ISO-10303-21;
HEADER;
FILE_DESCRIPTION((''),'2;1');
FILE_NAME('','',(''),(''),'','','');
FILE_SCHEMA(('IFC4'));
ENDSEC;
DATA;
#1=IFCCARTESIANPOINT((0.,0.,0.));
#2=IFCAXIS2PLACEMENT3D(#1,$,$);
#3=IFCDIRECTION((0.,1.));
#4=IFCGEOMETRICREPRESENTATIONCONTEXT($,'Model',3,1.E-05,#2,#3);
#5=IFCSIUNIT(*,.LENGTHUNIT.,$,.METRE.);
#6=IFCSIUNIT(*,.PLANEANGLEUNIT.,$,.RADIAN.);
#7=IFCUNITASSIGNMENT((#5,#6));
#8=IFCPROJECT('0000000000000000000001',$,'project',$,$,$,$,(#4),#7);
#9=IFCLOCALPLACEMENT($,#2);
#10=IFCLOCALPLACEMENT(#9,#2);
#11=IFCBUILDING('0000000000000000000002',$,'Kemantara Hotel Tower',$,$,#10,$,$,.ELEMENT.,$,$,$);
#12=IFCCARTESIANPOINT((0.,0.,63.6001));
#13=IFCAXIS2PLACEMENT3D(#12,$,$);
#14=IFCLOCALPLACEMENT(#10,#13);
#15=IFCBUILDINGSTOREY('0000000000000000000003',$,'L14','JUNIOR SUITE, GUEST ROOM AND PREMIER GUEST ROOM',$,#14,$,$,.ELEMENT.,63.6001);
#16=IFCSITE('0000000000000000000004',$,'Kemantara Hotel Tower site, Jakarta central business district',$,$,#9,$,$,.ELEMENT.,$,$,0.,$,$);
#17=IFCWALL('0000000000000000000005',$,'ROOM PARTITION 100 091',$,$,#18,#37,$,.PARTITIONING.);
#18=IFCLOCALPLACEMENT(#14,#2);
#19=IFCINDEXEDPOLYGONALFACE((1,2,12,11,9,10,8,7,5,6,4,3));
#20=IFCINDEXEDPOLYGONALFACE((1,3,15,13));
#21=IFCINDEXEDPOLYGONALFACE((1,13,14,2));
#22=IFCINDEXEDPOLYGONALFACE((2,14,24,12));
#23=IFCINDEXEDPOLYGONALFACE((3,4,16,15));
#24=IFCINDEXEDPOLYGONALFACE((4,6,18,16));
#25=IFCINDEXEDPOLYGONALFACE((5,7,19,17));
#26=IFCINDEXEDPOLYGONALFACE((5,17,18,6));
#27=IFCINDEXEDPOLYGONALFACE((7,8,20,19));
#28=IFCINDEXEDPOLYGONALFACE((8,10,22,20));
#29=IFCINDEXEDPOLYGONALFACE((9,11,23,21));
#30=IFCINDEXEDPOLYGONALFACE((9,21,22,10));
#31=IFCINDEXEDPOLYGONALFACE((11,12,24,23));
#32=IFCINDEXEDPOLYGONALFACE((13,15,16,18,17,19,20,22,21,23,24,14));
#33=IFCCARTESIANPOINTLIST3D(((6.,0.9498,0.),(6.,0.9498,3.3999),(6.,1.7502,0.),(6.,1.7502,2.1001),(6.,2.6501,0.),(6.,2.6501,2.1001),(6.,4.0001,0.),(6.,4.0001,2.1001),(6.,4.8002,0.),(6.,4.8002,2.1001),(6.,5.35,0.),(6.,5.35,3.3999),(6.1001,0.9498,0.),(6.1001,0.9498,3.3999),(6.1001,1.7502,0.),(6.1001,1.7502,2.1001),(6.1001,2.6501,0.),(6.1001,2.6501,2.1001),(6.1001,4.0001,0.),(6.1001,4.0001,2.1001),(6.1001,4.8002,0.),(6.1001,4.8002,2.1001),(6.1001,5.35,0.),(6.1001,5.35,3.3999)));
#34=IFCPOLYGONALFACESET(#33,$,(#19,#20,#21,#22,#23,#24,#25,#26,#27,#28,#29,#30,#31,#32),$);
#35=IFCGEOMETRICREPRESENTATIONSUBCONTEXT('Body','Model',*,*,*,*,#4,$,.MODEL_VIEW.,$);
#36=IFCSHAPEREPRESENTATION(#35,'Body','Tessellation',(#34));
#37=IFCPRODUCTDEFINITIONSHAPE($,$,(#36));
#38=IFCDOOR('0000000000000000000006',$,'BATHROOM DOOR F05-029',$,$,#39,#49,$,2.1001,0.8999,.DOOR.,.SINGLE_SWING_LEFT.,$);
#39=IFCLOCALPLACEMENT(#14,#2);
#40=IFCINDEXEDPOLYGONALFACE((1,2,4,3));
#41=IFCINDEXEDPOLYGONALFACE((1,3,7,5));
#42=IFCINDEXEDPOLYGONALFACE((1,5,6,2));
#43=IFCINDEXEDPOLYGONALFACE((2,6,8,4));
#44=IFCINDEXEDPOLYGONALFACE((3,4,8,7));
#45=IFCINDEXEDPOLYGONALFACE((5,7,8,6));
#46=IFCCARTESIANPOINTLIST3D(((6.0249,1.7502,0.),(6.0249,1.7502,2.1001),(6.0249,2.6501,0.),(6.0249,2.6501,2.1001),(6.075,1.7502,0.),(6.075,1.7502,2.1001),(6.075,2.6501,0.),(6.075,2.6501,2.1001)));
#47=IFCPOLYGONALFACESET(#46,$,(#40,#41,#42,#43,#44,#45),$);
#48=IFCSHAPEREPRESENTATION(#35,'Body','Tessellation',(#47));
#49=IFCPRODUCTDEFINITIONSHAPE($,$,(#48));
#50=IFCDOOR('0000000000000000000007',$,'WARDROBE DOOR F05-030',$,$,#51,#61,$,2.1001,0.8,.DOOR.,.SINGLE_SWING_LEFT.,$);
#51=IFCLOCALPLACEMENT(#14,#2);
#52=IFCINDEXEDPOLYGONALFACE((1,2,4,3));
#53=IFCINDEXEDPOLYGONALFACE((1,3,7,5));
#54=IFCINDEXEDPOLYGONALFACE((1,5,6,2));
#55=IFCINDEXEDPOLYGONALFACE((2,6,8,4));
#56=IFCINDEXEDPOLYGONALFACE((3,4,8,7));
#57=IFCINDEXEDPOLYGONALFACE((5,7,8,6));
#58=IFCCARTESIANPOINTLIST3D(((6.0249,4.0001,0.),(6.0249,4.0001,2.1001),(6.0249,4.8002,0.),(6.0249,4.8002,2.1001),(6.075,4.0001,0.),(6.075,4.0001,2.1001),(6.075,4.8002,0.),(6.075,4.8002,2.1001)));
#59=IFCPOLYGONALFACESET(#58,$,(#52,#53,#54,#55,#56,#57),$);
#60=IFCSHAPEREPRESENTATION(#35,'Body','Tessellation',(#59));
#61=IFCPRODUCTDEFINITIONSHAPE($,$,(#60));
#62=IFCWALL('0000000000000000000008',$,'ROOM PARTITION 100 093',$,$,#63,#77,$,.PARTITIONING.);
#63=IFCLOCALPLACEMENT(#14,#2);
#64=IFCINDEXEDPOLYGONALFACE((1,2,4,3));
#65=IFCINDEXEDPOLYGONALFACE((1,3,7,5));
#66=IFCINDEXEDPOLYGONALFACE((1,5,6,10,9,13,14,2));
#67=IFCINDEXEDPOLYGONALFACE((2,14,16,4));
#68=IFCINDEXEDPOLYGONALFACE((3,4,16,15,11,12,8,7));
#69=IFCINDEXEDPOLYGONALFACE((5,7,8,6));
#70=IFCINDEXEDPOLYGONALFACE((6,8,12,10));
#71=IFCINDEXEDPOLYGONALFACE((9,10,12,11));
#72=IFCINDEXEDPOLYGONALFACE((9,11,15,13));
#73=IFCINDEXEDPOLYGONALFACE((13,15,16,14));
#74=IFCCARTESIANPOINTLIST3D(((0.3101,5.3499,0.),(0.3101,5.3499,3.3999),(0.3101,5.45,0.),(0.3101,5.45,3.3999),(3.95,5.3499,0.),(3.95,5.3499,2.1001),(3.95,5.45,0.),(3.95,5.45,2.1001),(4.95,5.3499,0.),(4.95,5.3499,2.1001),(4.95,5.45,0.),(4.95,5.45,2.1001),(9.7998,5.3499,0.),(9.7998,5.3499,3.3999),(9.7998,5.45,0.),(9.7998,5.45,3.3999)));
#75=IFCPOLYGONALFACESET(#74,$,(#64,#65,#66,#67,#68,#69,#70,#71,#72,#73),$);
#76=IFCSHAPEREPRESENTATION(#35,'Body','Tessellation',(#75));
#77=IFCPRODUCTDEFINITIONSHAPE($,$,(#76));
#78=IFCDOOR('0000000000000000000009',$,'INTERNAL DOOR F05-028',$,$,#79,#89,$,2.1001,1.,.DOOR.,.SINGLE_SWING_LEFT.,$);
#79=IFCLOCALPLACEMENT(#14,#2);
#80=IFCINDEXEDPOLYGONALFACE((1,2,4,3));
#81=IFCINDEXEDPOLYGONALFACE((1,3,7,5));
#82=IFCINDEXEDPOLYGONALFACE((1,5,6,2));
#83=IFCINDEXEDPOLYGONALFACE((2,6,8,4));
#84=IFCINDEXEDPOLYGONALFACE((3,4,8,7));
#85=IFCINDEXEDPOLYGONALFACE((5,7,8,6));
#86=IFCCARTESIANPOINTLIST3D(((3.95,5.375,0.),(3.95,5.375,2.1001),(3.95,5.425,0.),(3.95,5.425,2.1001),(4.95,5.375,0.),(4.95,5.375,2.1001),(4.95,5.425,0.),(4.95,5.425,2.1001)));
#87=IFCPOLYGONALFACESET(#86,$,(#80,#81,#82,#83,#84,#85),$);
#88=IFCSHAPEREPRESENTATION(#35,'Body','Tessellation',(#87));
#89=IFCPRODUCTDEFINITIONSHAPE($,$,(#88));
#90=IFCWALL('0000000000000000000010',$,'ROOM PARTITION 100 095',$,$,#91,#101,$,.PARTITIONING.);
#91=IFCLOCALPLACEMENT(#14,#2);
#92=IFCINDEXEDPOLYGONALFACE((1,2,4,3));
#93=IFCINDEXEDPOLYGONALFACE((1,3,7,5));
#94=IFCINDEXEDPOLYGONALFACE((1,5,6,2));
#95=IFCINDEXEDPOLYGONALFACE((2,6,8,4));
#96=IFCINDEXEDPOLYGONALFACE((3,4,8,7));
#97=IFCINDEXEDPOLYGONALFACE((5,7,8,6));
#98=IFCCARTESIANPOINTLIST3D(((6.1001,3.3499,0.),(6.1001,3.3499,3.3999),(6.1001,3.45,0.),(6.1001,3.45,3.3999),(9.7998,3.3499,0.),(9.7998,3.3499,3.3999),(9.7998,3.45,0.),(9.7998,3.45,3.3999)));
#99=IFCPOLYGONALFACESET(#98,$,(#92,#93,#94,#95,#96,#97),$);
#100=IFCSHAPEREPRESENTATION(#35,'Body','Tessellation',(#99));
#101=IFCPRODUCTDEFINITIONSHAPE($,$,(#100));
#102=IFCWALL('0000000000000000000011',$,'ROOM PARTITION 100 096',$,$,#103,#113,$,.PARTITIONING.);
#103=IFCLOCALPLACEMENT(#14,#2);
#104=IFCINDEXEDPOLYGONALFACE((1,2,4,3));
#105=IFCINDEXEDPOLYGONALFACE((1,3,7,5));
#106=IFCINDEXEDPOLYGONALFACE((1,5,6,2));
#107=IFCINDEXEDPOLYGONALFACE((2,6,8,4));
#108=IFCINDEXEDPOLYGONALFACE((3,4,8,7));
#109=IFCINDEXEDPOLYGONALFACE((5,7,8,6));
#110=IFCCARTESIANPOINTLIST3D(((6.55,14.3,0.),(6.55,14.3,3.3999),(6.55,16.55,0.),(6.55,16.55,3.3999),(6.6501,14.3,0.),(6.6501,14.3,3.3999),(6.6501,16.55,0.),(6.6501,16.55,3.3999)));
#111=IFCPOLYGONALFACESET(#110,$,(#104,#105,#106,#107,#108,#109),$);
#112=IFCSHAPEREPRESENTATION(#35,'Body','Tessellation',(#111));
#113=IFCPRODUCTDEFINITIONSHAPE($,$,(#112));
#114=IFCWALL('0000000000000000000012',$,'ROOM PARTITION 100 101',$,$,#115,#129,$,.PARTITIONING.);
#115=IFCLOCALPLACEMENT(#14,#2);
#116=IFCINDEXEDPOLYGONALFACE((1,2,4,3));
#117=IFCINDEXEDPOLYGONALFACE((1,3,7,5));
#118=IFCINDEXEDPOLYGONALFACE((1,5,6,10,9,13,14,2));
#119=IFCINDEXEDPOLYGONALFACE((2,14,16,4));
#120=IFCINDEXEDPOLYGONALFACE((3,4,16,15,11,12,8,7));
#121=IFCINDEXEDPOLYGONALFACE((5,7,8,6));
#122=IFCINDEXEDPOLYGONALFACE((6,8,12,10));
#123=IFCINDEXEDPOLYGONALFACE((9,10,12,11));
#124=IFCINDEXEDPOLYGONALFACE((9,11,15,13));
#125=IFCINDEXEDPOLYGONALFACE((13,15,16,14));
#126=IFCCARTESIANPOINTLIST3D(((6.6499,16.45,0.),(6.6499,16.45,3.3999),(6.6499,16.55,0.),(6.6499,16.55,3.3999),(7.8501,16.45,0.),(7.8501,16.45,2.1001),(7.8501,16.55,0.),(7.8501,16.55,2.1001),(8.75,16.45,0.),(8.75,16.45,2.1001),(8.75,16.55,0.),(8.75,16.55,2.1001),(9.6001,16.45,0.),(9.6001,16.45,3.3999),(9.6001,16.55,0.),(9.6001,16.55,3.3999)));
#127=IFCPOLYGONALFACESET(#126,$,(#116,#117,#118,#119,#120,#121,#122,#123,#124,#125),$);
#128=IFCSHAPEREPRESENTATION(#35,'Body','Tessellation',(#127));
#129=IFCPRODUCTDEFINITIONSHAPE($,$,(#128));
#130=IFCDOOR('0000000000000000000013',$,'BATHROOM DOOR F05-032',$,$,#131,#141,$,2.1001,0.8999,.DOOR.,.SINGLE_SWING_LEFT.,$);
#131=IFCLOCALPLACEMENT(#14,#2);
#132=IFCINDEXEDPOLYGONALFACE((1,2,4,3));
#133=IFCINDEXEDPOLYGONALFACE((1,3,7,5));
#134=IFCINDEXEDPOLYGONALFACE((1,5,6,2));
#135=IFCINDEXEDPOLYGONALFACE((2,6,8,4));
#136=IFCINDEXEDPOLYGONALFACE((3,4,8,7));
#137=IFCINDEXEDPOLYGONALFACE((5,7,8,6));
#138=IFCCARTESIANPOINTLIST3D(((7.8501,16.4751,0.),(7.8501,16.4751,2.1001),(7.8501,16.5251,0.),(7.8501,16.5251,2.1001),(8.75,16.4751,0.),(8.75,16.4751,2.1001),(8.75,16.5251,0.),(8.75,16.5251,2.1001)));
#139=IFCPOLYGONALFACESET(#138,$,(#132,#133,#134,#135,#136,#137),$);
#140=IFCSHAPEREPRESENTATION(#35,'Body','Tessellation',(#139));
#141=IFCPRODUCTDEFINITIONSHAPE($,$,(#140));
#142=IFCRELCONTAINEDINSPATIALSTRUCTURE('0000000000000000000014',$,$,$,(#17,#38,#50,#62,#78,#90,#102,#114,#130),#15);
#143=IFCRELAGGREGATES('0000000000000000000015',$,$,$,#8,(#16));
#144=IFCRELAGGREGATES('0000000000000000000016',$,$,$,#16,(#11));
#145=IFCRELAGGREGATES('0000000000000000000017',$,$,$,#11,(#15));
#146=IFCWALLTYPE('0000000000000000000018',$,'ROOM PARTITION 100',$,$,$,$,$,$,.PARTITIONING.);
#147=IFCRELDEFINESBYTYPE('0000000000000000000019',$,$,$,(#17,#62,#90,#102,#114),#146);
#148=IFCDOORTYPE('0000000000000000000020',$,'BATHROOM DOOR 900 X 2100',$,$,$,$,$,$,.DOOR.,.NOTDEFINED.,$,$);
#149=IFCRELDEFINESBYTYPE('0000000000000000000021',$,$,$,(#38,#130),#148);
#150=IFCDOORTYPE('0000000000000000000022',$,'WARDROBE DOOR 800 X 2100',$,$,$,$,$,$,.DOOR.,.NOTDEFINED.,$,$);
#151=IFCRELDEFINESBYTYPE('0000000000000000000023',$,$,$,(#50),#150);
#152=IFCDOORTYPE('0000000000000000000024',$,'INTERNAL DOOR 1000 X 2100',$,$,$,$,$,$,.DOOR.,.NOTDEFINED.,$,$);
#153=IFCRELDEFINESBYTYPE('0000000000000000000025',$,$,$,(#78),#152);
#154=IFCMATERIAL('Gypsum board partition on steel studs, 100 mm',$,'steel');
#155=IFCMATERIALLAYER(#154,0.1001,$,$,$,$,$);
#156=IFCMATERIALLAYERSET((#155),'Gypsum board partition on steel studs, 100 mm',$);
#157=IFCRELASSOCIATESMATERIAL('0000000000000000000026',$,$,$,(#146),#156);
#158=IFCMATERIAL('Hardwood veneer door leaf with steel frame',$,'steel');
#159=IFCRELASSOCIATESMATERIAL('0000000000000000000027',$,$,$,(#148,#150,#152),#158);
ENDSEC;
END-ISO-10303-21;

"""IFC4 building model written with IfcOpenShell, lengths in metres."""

from ifc_helpers import new_model, si_unit, direction, frame, frame_2d, origin, place, context, subcontext, project, spatial, rectangle, extrude, material, layer, layer_set, type_object, element, fill, save


model = new_model("IFC4")

# Units and contexts
model_context = context("Model", 3, precision=1e-05, world=origin(), true_north=direction((0.0, 1.0)))
body_context = subcontext(model_context, "Body", "Model", "MODEL_VIEW")
ifc_project = project(units=[si_unit("LENGTHUNIT", "METRE"), si_unit("PLANEANGLEUNIT", "RADIAN")], contexts=[model_context])

# Site, building, storey
site_placement = place(None, origin())
site = spatial("IfcSite", under=ifc_project, at=site_placement, Name="Kemantara Hotel Tower site, Jakarta central business district", CompositionType="ELEMENT", RefElevation=0.0)
building_placement = place(site_placement, origin())
building = spatial("IfcBuilding", under=site, at=building_placement, Name="Kemantara Hotel Tower", CompositionType="ELEMENT")
storey_placement = place(building_placement, frame((0.0, 0.0, 63.6001)))
storey = spatial("IfcBuildingStorey", under=building, at=storey_placement, Name="L14", Description="JUNIOR SUITE, GUEST ROOM AND PREMIER GUEST ROOM", CompositionType="ELEMENT", Elevation=63.6001)

# Shared definitions
ifc_material_1 = material(Name="Hardwood veneer door leaf with steel frame", Category="steel")

# Wall, openings, doors
ifc_material_2 = material(Name="Gypsum board partition on steel studs, 100 mm", Category="steel")
ifc_layer_1 = layer(ifc_material_2, 0.1001)
ifc_layer_set_1 = layer_set([ifc_layer_1], Name="Gypsum board partition on steel studs, 100 mm")
wall_type_1 = type_object("IfcWallType", Name="ROOM PARTITION 100", PredefinedType="PARTITIONING", material=ifc_layer_set_1)
wall_1_placement = place(storey_placement, frame((6.05, 5.3501, 0.0), z_axis=(0.0, 0.0, 1.0), x_axis=(0.0, -1.0, 0.0)))
wall_1 = element("IfcWall", 1, at=wall_1_placement, inside=storey, type_object=wall_type_1, Name="ROOM PARTITION 100 091", PredefinedType="PARTITIONING", context=body_context, shape_type="SweptSolid", body=[
    extrude(rectangle(XDim=4.4001, YDim=0.1001, at=frame_2d((2.2002, 0.0))), origin(), (0.0, 0.0, 1.0), 3.3999),
])
opening_1_placement = place(wall_1_placement, frame((2.7, 0.0, 0.0)))
opening_1 = element("IfcOpeningElement", 2, at=opening_1_placement, cuts=wall_1, PredefinedType="OPENING", context=body_context, shape_type="SweptSolid", body=[
    extrude(rectangle(XDim=0.8999, YDim=2.1001, at=frame_2d((0.45, 1.05))), frame((0.0, 0.0601, 0.0), z_axis=(0.0, -1.0, 0.0), x_axis=(1.0, 0.0, 0.0)), (0.0, 0.0, 1.0), 0.1201),
])
opening_2_placement = place(wall_1_placement, frame((0.55, 0.0, 0.0)))
opening_2 = element("IfcOpeningElement", 3, at=opening_2_placement, cuts=wall_1, PredefinedType="OPENING", context=body_context, shape_type="SweptSolid", body=[
    extrude(rectangle(XDim=0.8, YDim=2.1001, at=frame_2d((0.3999, 1.05))), frame((0.0, 0.0601, 0.0), z_axis=(0.0, -1.0, 0.0), x_axis=(1.0, 0.0, 0.0)), (0.0, 0.0, 1.0), 0.1201),
])
door_type_1 = type_object("IfcDoorType", Name="BATHROOM DOOR 900 X 2100", OperationType="NOTDEFINED", PredefinedType="DOOR", material=ifc_material_1)
door_1_placement = place(opening_1_placement, origin())
door_1 = element("IfcDoor", 4, at=door_1_placement, inside=storey, type_object=door_type_1, Name="BATHROOM DOOR F05-029", OperationType="SINGLE_SWING_LEFT", OverallHeight=2.1001, OverallWidth=0.8999, PredefinedType="DOOR", context=body_context, shape_type="SweptSolid", body=[
    extrude(rectangle(XDim=0.8999, YDim=2.1001, at=frame_2d((0.45, 1.05))), frame((0.0, 0.0249, 0.0), z_axis=(0.0, -1.0, 0.0), x_axis=(1.0, 0.0, 0.0)), (0.0, 0.0, 1.0), 0.05),
])
fill(opening_1, door_1)
door_type_2 = type_object("IfcDoorType", Name="WARDROBE DOOR 800 X 2100", OperationType="NOTDEFINED", PredefinedType="DOOR", material=ifc_material_1)
door_2_placement = place(opening_2_placement, origin())
door_2 = element("IfcDoor", 5, at=door_2_placement, inside=storey, type_object=door_type_2, Name="WARDROBE DOOR F05-030", OperationType="SINGLE_SWING_LEFT", OverallHeight=2.1001, OverallWidth=0.8, PredefinedType="DOOR", context=body_context, shape_type="SweptSolid", body=[
    extrude(rectangle(XDim=0.8, YDim=2.1001, at=frame_2d((0.3999, 1.05))), frame((0.0, 0.0249, 0.0), z_axis=(0.0, -1.0, 0.0), x_axis=(1.0, 0.0, 0.0)), (0.0, 0.0, 1.0), 0.05),
])
fill(opening_2, door_2)

# Wall, opening, door
wall_2_placement = place(storey_placement, frame((9.7998, 5.3999, 0.0), z_axis=(0.0, 0.0, 1.0), x_axis=(-1.0, 0.0, 0.0)))
wall_2 = element("IfcWall", 6, at=wall_2_placement, inside=storey, type_object=wall_type_1, Name="ROOM PARTITION 100 093", PredefinedType="PARTITIONING", context=body_context, shape_type="SweptSolid", body=[
    extrude(rectangle(XDim=9.4897, YDim=0.1001, at=frame_2d((4.7449, 0.0))), origin(), (0.0, 0.0, 1.0), 3.3999),
])
opening_3_placement = place(wall_2_placement, frame((4.8499, 0.0, 0.0)))
opening_3 = element("IfcOpeningElement", 7, at=opening_3_placement, cuts=wall_2, PredefinedType="OPENING", context=body_context, shape_type="SweptSolid", body=[
    extrude(rectangle(XDim=1.0, YDim=2.1001, at=frame_2d((0.5, 1.05))), frame((0.0, 0.0601, 0.0), z_axis=(0.0, -1.0, 0.0), x_axis=(1.0, 0.0, 0.0)), (0.0, 0.0, 1.0), 0.1201),
])
door_type_3 = type_object("IfcDoorType", Name="INTERNAL DOOR 1000 X 2100", OperationType="NOTDEFINED", PredefinedType="DOOR", material=ifc_material_1)
door_3_placement = place(opening_3_placement, origin())
door_3 = element("IfcDoor", 8, at=door_3_placement, inside=storey, type_object=door_type_3, Name="INTERNAL DOOR F05-028", OperationType="SINGLE_SWING_LEFT", OverallHeight=2.1001, OverallWidth=1.0, PredefinedType="DOOR", context=body_context, shape_type="SweptSolid", body=[
    extrude(rectangle(XDim=1.0, YDim=2.1001, at=frame_2d((0.5, 1.05))), frame((0.0, 0.0249, 0.0), z_axis=(0.0, -1.0, 0.0), x_axis=(1.0, 0.0, 0.0)), (0.0, 0.0, 1.0), 0.05),
])
fill(opening_3, door_3)

# Walls
wall_3_placement = place(storey_placement, frame((6.1001, 3.3999, 0.0), z_axis=(0.0, 0.0, 1.0), x_axis=(1.0, 0.0, 0.0)))
element("IfcWall", 9, at=wall_3_placement, inside=storey, type_object=wall_type_1, Name="ROOM PARTITION 100 095", PredefinedType="PARTITIONING", context=body_context, shape_type="SweptSolid", body=[
    extrude(rectangle(XDim=3.6997, YDim=0.1001, at=frame_2d((1.8499, 0.0))), origin(), (0.0, 0.0, 1.0), 3.3999),
])
wall_4_placement = place(storey_placement, frame((6.6001, 14.3, 0.0), z_axis=(0.0, 0.0, 1.0), x_axis=(0.0, 1.0, 0.0)))
element("IfcWall", 10, at=wall_4_placement, inside=storey, type_object=wall_type_1, Name="ROOM PARTITION 100 096", PredefinedType="PARTITIONING", context=body_context, shape_type="SweptSolid", body=[
    extrude(rectangle(XDim=2.25, YDim=0.1001, at=frame_2d((1.125, 0.0))), origin(), (0.0, 0.0, 1.0), 3.3999),
])

# Wall, opening, door
wall_5_placement = place(storey_placement, frame((9.6001, 16.5, 0.0), z_axis=(0.0, 0.0, 1.0), x_axis=(-1.0, 0.0, 0.0)))
wall_5 = element("IfcWall", 11, at=wall_5_placement, inside=storey, type_object=wall_type_1, Name="ROOM PARTITION 100 101", PredefinedType="PARTITIONING", context=body_context, shape_type="SweptSolid", body=[
    extrude(rectangle(XDim=2.9502, YDim=0.1001, at=frame_2d((1.4751, 0.0))), origin(), (0.0, 0.0, 1.0), 3.3999),
])
opening_4_placement = place(wall_5_placement, frame((0.8501, 0.0, 0.0)))
opening_4 = element("IfcOpeningElement", 12, at=opening_4_placement, cuts=wall_5, PredefinedType="OPENING", context=body_context, shape_type="SweptSolid", body=[
    extrude(rectangle(XDim=0.8999, YDim=2.1001, at=frame_2d((0.45, 1.05))), frame((0.0, 0.0601, 0.0), z_axis=(0.0, -1.0, 0.0), x_axis=(1.0, 0.0, 0.0)), (0.0, 0.0, 1.0), 0.1201),
])
door_4_placement = place(opening_4_placement, origin())
door_4 = element("IfcDoor", 13, at=door_4_placement, inside=storey, type_object=door_type_1, Name="BATHROOM DOOR F05-032", OperationType="SINGLE_SWING_LEFT", OverallHeight=2.1001, OverallWidth=0.8999, PredefinedType="DOOR", context=body_context, shape_type="SweptSolid", body=[
    extrude(rectangle(XDim=0.8999, YDim=2.1001, at=frame_2d((0.45, 1.05))), frame((0.0, 0.0249, 0.0), z_axis=(0.0, -1.0, 0.0), x_axis=(1.0, 0.0, 0.0)), (0.0, 0.0, 1.0), 0.05),
])
fill(opening_4, door_4)

save(model, "model.ifc")
